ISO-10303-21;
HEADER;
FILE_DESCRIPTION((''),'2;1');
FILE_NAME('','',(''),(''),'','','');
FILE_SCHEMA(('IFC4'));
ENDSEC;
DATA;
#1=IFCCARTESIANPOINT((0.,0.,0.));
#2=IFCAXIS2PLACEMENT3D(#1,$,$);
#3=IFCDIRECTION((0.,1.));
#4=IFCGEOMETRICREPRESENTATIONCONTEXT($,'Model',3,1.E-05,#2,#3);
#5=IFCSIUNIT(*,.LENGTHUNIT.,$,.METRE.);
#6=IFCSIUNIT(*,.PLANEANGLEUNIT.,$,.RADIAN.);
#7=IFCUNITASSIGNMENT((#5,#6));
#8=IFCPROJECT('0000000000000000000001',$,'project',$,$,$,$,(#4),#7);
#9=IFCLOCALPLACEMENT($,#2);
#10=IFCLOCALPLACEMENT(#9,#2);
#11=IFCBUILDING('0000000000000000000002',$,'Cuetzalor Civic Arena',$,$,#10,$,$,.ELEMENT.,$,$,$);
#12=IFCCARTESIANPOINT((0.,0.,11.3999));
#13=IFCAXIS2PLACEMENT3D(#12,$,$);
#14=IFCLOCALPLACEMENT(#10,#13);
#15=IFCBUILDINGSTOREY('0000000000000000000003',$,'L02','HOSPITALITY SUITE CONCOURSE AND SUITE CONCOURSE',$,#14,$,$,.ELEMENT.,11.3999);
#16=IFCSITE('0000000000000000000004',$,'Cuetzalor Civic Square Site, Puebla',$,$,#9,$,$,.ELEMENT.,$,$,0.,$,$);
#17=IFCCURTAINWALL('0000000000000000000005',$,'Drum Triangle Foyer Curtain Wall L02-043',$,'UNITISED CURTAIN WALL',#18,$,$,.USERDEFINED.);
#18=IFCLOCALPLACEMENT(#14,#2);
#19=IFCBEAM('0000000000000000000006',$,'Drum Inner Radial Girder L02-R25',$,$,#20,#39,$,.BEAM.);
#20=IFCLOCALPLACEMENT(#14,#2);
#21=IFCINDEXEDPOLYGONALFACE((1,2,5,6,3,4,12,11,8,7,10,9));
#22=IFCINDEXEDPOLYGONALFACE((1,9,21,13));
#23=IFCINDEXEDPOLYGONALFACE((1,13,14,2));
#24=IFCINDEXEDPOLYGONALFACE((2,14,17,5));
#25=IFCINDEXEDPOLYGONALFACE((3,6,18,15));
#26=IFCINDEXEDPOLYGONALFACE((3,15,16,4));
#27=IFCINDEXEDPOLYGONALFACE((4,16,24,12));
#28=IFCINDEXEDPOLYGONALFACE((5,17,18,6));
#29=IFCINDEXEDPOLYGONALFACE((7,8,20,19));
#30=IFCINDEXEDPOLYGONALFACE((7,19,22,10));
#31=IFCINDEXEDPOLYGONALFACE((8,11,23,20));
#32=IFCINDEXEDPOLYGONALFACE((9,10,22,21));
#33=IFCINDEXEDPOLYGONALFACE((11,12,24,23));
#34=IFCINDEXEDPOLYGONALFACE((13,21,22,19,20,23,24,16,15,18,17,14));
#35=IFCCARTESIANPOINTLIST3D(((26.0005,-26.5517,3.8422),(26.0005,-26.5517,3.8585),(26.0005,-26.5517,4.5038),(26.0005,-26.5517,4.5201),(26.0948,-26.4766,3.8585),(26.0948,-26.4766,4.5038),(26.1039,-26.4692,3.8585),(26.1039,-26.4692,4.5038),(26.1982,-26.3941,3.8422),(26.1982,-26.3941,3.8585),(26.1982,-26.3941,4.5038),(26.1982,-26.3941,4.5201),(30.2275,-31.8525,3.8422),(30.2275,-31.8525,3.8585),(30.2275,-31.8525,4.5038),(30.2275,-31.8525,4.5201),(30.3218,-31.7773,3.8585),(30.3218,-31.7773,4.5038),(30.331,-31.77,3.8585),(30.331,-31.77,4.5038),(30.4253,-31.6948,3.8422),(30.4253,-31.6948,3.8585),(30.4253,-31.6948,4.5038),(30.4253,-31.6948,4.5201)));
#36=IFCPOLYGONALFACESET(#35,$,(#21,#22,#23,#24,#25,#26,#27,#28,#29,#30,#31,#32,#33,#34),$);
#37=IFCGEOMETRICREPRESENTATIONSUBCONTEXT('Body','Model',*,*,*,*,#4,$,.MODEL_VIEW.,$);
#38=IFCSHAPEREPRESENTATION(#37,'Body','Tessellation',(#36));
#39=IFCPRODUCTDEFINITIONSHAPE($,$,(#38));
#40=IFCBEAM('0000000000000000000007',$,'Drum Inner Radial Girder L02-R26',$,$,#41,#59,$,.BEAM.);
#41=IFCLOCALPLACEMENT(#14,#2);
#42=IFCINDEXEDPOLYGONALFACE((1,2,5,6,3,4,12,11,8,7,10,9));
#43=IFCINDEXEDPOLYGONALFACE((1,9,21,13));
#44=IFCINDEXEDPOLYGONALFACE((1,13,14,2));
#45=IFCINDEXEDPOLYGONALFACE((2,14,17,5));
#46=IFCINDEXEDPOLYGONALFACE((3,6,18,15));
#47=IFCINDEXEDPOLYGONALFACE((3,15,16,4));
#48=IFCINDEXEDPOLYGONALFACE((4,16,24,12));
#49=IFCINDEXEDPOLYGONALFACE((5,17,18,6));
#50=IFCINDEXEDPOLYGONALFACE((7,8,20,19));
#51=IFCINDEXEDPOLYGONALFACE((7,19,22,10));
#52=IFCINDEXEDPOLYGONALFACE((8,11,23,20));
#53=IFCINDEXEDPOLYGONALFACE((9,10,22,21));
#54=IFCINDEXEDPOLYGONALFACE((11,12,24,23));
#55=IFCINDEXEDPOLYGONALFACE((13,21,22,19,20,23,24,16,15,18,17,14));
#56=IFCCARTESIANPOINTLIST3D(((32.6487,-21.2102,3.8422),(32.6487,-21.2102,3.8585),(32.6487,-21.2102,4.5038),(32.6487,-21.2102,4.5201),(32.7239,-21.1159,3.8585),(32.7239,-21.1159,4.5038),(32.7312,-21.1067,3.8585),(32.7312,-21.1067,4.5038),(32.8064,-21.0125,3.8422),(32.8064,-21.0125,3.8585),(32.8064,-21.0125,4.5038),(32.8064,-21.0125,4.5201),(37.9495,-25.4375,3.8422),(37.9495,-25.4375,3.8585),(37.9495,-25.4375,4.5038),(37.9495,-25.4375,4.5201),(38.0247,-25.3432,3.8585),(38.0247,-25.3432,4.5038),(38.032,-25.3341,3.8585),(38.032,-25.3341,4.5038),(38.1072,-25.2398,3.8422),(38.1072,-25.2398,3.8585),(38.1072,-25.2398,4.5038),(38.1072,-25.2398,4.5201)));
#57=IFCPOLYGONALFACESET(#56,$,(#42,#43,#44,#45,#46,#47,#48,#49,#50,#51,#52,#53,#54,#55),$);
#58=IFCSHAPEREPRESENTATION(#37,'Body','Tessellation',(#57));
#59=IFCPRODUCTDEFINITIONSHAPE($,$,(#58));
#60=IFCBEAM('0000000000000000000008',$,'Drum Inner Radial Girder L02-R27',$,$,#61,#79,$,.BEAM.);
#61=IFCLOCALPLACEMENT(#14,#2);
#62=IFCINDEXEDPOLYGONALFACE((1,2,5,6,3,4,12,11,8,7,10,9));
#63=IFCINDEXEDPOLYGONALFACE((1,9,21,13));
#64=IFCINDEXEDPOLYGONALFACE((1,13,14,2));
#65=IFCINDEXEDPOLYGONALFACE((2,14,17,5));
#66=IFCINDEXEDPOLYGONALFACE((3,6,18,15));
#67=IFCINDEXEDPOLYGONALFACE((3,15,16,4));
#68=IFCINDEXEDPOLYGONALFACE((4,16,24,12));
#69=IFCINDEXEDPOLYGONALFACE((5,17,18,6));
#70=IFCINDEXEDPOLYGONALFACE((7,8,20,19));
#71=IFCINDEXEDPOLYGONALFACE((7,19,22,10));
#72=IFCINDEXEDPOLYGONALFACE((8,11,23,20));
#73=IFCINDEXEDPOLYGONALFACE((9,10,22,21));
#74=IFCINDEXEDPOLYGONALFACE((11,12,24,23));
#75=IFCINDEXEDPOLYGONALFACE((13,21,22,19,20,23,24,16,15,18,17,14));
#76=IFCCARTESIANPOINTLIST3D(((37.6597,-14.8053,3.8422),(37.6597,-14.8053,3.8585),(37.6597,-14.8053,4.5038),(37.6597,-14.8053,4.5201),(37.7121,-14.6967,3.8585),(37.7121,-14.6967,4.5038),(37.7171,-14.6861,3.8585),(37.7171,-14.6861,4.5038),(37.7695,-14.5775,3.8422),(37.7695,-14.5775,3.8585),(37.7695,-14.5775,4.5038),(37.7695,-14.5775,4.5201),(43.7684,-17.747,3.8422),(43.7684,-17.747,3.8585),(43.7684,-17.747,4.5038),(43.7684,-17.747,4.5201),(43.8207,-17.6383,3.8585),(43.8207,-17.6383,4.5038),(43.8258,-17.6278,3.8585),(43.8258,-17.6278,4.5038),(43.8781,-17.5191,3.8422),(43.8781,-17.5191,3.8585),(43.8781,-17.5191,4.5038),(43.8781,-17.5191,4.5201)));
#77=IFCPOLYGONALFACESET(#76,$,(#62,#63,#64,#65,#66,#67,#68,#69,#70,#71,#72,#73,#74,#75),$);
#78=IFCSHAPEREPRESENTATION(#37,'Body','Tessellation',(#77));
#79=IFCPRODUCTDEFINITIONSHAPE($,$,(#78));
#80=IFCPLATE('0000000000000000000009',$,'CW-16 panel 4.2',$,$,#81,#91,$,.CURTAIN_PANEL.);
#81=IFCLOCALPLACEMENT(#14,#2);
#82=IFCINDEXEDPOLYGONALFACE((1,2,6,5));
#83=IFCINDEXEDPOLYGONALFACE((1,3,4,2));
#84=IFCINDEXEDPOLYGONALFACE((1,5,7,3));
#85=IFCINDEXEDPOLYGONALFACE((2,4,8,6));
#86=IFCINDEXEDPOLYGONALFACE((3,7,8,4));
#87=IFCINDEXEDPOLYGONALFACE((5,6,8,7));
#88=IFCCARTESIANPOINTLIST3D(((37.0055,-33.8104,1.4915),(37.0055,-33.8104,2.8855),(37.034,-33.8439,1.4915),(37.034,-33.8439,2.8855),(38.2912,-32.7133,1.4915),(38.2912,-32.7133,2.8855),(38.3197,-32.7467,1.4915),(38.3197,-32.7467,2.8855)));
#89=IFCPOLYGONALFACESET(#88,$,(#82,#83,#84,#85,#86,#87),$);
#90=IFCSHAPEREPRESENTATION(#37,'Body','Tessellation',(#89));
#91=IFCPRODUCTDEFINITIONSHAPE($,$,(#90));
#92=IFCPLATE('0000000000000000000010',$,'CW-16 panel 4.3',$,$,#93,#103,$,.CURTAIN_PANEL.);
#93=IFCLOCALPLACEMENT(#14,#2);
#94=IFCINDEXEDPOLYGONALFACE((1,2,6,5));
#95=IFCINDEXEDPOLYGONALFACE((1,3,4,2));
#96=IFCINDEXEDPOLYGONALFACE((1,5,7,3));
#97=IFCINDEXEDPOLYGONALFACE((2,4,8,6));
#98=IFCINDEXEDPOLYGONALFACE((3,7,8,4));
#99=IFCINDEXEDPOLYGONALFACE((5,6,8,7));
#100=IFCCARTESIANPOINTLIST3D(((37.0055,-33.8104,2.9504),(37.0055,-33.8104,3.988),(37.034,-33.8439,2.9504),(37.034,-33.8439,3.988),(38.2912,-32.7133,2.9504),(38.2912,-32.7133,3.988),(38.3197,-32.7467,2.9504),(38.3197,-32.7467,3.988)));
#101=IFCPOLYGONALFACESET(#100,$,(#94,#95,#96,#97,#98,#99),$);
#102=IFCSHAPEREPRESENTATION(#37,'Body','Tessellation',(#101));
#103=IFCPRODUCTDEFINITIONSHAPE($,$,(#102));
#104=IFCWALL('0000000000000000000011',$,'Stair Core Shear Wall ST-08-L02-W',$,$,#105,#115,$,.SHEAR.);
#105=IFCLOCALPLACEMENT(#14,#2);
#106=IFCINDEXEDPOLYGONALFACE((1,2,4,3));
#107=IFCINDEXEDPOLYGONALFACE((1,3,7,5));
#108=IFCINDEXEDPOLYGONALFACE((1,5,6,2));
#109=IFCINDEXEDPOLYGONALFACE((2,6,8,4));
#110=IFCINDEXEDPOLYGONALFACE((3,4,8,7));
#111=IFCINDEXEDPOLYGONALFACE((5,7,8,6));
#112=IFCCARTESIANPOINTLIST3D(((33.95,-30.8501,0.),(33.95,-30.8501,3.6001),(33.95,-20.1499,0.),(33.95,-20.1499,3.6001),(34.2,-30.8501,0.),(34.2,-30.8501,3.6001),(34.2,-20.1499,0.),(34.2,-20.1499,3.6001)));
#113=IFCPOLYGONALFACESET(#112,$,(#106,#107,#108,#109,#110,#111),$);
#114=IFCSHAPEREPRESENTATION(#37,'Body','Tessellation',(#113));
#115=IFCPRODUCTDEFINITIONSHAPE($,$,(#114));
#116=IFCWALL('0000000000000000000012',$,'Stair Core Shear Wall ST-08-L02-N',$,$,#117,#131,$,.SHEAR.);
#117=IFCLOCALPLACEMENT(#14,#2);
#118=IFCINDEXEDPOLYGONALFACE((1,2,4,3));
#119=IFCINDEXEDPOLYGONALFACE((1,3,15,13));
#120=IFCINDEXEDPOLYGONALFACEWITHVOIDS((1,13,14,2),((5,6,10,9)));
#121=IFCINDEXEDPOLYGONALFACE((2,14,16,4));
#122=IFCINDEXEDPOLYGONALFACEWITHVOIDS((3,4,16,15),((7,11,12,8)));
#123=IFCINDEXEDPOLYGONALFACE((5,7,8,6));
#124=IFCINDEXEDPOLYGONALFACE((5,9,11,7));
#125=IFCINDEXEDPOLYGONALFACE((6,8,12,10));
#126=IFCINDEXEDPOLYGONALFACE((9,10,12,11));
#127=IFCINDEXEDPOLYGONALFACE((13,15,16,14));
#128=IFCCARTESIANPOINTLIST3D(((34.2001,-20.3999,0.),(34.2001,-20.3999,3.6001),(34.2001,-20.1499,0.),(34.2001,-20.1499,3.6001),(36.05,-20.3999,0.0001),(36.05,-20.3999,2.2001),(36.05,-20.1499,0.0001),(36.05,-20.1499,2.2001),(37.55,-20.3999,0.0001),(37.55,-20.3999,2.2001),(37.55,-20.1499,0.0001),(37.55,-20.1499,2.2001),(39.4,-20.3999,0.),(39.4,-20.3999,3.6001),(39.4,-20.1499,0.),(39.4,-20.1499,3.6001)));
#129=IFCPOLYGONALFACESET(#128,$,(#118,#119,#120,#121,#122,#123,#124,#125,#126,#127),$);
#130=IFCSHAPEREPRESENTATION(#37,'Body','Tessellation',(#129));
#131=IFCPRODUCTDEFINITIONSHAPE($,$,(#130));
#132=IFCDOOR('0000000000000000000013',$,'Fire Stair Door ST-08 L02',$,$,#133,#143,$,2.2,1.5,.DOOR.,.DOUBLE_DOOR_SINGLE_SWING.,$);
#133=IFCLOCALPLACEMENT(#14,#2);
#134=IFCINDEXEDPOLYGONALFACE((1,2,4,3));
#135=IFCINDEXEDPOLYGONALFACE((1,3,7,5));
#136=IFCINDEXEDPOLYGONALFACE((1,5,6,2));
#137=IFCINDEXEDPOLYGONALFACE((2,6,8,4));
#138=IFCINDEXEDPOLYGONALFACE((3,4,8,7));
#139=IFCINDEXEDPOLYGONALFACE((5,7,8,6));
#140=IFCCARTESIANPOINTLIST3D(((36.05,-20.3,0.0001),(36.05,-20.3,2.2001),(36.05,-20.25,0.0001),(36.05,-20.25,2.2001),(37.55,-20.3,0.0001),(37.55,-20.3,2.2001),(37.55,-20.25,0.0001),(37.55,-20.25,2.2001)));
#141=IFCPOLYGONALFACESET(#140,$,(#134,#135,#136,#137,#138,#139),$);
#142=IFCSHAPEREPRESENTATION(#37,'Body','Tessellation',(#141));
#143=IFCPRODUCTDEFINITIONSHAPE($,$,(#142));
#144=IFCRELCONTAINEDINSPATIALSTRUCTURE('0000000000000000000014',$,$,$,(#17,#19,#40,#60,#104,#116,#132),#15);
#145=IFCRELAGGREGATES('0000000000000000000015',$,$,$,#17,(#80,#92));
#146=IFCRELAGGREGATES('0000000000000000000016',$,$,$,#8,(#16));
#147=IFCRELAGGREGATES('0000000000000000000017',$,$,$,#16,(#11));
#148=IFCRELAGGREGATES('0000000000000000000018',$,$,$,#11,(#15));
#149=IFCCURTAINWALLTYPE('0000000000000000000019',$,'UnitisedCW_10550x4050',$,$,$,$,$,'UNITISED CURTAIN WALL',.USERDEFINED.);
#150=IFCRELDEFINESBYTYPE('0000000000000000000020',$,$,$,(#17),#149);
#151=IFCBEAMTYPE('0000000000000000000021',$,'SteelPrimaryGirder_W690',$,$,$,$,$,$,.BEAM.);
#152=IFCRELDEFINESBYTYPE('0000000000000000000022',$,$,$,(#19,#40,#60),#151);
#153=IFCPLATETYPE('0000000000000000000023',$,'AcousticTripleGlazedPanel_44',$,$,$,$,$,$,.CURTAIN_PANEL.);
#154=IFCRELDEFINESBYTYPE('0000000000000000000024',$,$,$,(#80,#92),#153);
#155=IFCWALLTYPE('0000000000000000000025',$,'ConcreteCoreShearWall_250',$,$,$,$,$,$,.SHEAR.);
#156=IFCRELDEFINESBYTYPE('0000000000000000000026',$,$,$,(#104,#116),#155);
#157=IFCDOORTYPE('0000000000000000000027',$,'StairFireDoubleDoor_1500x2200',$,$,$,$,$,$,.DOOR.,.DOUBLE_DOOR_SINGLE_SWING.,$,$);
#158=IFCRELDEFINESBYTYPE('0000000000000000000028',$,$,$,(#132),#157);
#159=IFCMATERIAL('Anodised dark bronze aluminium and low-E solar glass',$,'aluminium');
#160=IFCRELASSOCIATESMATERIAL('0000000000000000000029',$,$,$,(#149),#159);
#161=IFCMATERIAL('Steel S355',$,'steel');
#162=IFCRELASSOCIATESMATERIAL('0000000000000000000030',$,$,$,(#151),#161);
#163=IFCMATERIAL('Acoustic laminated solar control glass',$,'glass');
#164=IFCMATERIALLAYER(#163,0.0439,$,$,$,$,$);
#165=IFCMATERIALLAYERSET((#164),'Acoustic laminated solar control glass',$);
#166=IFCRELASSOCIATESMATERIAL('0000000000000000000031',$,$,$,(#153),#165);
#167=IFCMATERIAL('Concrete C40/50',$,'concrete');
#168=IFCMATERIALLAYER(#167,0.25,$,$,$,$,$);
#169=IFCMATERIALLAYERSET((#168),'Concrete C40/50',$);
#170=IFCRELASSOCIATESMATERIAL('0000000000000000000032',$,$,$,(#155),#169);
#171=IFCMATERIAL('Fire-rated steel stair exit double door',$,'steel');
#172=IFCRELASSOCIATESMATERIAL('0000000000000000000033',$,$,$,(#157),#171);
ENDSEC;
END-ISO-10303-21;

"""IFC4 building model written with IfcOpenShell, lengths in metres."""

from ifc_helpers import new_model, si_unit, direction, frame, frame_2d, origin, origin_2d, place, context, subcontext, project, spatial, rectangle, i_section, extrude, material, layer, layer_set, material_profile, profile_set, type_object, element, fill, aggregate, save


model = new_model("IFC4")

# Units and contexts
model_context = context("Model", 3, precision=1e-05, world=origin(), true_north=direction((0.0, 1.0)))
body_context = subcontext(model_context, "Body", "Model", "MODEL_VIEW")
ifc_project = project(units=[si_unit("LENGTHUNIT", "METRE"), si_unit("PLANEANGLEUNIT", "RADIAN")], contexts=[model_context])

# Site, building, storey
site_placement = place(None, origin())
site = spatial("IfcSite", under=ifc_project, at=site_placement, Name="Cuetzalor Civic Square Site, Puebla", CompositionType="ELEMENT", RefElevation=0.0)
building_placement = place(site_placement, origin())
building = spatial("IfcBuilding", under=site, at=building_placement, Name="Cuetzalor Civic Arena", CompositionType="ELEMENT")
storey_placement = place(building_placement, frame((0.0, 0.0, 11.3999)))
storey = spatial("IfcBuildingStorey", under=building, at=storey_placement, Name="L02", Description="HOSPITALITY SUITE CONCOURSE AND SUITE CONCOURSE", CompositionType="ELEMENT", Elevation=11.3999)

# Curtain wall
ifc_material_1 = material(Name="Anodised dark bronze aluminium and low-E solar glass", Category="aluminium")
curtain_wall_type = type_object("IfcCurtainWallType", Name="UnitisedCW_10550x4050", ElementType="UNITISED CURTAIN WALL", PredefinedType="USERDEFINED", material=ifc_material_1)
curtain_wall_placement = place(storey_placement, origin())
curtain_wall = element("IfcCurtainWall", 1, at=curtain_wall_placement, inside=storey, type_object=curtain_wall_type, Name="Drum Triangle Foyer Curtain Wall L02-043", ObjectType="UNITISED CURTAIN WALL", PredefinedType="USERDEFINED")

# Beams
ifc_material_2 = material(Name="Steel S355", Category="steel")
ifc_material_profile_1 = material_profile(ifc_material_2, i_section(OverallWidth=0.2529, OverallDepth=0.678, WebThickness=0.0117, FlangeThickness=0.0164, at=origin_2d()), Name="W690x125")
ifc_profile_set_1 = profile_set([ifc_material_profile_1], Name="Steel S355")
beam_type_1 = type_object("IfcBeamType", Name="SteelPrimaryGirder_W690", PredefinedType="BEAM", material=ifc_profile_set_1)
beam_1_placement = place(storey_placement, frame((26.0994, -26.4729, 4.1812), z_axis=(0.623473, -0.781845, 0.0), x_axis=(0.781845, 0.623473, 0.0)))
element("IfcBeam", 2, at=beam_1_placement, inside=storey, type_object=beam_type_1, Name="Drum Inner Radial Girder L02-R25", PredefinedType="BEAM", context=body_context, shape_type="SweptSolid", body=[
    extrude(i_section(OverallWidth=0.2529, OverallDepth=0.678, WebThickness=0.0117, FlangeThickness=0.0164, at=origin_2d()), origin(), (0.0, 0.0, 1.0), 6.7798),
])
for number, where, z_axis, x_axis, name in (
    (3, (32.7275, -21.1113, 4.1812), (0.781827, -0.623495, 0.0), (0.623495, 0.781827, 0.0), "Drum Inner Radial Girder L02-R26"),
    (4, (37.7146, -14.6914, 4.1812), (0.900976, -0.43387, 0.0), (0.43387, 0.900976, 0.0), "Drum Inner Radial Girder L02-R27"),
):
    element("IfcBeam", number, at=place(storey_placement, frame(where, z_axis=z_axis, x_axis=x_axis)), inside=storey, type_object=beam_type_1, Name=name, PredefinedType="BEAM", context=body_context, shape_type="SweptSolid", body=[
        extrude(i_section(OverallWidth=0.2529, OverallDepth=0.678, WebThickness=0.0117, FlangeThickness=0.0164, at=origin_2d()), origin(), (0.0, 0.0, 1.0), 6.78),
    ])

# Plates
ifc_material_3 = material(Name="Acoustic laminated solar control glass", Category="glass")
ifc_layer_1 = layer(ifc_material_3, 0.0439)
ifc_layer_set_1 = layer_set([ifc_layer_1], Name="Acoustic laminated solar control glass")
plate_type = type_object("IfcPlateType", Name="AcousticTripleGlazedPanel_44", PredefinedType="CURTAIN_PANEL", material=ifc_layer_set_1)
plate_1_placement = place(storey_placement, frame((37.6626, -33.2786, 1.4915), z_axis=(0.0, 0.0, 1.0), x_axis=(-0.760677, -0.64913, 0.0)))
plate_1 = element("IfcPlate", 5, at=plate_1_placement, type_object=plate_type, Name="CW-16 panel 4.2", PredefinedType="CURTAIN_PANEL", context=body_context, shape_type="SweptSolid", body=[
    extrude(rectangle(XDim=1.6902, YDim=0.0439, at=origin_2d()), origin(), (0.0, 0.0, 1.0), 1.394),
])
plate_2_placement = place(storey_placement, frame((37.6626, -33.2786, 2.9504), z_axis=(0.0, 0.0, 1.0), x_axis=(-0.760677, -0.64913, 0.0)))
plate_2 = element("IfcPlate", 6, at=plate_2_placement, type_object=plate_type, Name="CW-16 panel 4.3", PredefinedType="CURTAIN_PANEL", context=body_context, shape_type="SweptSolid", body=[
    extrude(rectangle(XDim=1.6902, YDim=0.0439, at=origin_2d()), origin(), (0.0, 0.0, 1.0), 1.0376),
])
aggregate(curtain_wall, [plate_1, plate_2])

# Wall
ifc_material_4 = material(Name="Concrete C40/50", Category="concrete")
ifc_layer_2 = layer(ifc_material_4, 0.25)
ifc_layer_set_2 = layer_set([ifc_layer_2], Name="Concrete C40/50")
wall_type = type_object("IfcWallType", Name="ConcreteCoreShearWall_250", PredefinedType="SHEAR", material=ifc_layer_set_2)
wall_1_placement = place(storey_placement, frame((34.075, -30.8501, 0.0), z_axis=(0.0, 0.0, 1.0), x_axis=(0.0, 1.0, 0.0)))
element("IfcWall", 7, at=wall_1_placement, inside=storey, type_object=wall_type, Name="Stair Core Shear Wall ST-08-L02-W", PredefinedType="SHEAR", context=body_context, shape_type="SweptSolid", body=[
    extrude(rectangle(XDim=10.7002, YDim=0.25, at=frame_2d((5.3501, 0.0))), origin(), (0.0, 0.0, 1.0), 3.6001),
])

# Wall, opening, door
wall_2_placement = place(storey_placement, frame((34.2, -20.2749, 0.0), z_axis=(0.0, 0.0, 1.0), x_axis=(1.0, 0.0, 0.0)))
wall_2 = element("IfcWall", 8, at=wall_2_placement, inside=storey, type_object=wall_type, Name="Stair Core Shear Wall ST-08-L02-N", PredefinedType="SHEAR", context=body_context, shape_type="SweptSolid", body=[
    extrude(rectangle(XDim=5.2, YDim=0.25, at=frame_2d((2.6001, 0.0))), origin(), (0.0, 0.0, 1.0), 3.6001),
])
opening_placement = place(wall_2_placement, frame((1.8501, 0.0, 0.0)))
opening = element("IfcOpeningElement", 9, at=opening_placement, cuts=wall_2, PredefinedType="OPENING", context=body_context, shape_type="SweptSolid", body=[
    extrude(rectangle(XDim=1.5, YDim=2.2, at=frame_2d((0.75, 1.1001))), frame((0.0, 0.135, 0.0), z_axis=(0.0, -1.0, 0.0), x_axis=(1.0, 0.0, 0.0)), (0.0, 0.0, 1.0), 0.27),
])
ifc_material_5 = material(Name="Fire-rated steel stair exit double door", Category="steel")
door_type = type_object("IfcDoorType", Name="StairFireDoubleDoor_1500x2200", OperationType="DOUBLE_DOOR_SINGLE_SWING", PredefinedType="DOOR", material=ifc_material_5)
door_placement = place(opening_placement, origin())
door = element("IfcDoor", 10, at=door_placement, inside=storey, type_object=door_type, Name="Fire Stair Door ST-08 L02", OperationType="DOUBLE_DOOR_SINGLE_SWING", OverallHeight=2.2, OverallWidth=1.5, PredefinedType="DOOR", context=body_context, shape_type="SweptSolid", body=[
    extrude(rectangle(XDim=1.5, YDim=2.2, at=frame_2d((0.75, 1.1001))), frame((0.0, 0.0249, 0.0), z_axis=(0.0, -1.0, 0.0), x_axis=(1.0, 0.0, 0.0)), (0.0, 0.0, 1.0), 0.05),
])
fill(opening, door)

save(model, "model.ifc")
